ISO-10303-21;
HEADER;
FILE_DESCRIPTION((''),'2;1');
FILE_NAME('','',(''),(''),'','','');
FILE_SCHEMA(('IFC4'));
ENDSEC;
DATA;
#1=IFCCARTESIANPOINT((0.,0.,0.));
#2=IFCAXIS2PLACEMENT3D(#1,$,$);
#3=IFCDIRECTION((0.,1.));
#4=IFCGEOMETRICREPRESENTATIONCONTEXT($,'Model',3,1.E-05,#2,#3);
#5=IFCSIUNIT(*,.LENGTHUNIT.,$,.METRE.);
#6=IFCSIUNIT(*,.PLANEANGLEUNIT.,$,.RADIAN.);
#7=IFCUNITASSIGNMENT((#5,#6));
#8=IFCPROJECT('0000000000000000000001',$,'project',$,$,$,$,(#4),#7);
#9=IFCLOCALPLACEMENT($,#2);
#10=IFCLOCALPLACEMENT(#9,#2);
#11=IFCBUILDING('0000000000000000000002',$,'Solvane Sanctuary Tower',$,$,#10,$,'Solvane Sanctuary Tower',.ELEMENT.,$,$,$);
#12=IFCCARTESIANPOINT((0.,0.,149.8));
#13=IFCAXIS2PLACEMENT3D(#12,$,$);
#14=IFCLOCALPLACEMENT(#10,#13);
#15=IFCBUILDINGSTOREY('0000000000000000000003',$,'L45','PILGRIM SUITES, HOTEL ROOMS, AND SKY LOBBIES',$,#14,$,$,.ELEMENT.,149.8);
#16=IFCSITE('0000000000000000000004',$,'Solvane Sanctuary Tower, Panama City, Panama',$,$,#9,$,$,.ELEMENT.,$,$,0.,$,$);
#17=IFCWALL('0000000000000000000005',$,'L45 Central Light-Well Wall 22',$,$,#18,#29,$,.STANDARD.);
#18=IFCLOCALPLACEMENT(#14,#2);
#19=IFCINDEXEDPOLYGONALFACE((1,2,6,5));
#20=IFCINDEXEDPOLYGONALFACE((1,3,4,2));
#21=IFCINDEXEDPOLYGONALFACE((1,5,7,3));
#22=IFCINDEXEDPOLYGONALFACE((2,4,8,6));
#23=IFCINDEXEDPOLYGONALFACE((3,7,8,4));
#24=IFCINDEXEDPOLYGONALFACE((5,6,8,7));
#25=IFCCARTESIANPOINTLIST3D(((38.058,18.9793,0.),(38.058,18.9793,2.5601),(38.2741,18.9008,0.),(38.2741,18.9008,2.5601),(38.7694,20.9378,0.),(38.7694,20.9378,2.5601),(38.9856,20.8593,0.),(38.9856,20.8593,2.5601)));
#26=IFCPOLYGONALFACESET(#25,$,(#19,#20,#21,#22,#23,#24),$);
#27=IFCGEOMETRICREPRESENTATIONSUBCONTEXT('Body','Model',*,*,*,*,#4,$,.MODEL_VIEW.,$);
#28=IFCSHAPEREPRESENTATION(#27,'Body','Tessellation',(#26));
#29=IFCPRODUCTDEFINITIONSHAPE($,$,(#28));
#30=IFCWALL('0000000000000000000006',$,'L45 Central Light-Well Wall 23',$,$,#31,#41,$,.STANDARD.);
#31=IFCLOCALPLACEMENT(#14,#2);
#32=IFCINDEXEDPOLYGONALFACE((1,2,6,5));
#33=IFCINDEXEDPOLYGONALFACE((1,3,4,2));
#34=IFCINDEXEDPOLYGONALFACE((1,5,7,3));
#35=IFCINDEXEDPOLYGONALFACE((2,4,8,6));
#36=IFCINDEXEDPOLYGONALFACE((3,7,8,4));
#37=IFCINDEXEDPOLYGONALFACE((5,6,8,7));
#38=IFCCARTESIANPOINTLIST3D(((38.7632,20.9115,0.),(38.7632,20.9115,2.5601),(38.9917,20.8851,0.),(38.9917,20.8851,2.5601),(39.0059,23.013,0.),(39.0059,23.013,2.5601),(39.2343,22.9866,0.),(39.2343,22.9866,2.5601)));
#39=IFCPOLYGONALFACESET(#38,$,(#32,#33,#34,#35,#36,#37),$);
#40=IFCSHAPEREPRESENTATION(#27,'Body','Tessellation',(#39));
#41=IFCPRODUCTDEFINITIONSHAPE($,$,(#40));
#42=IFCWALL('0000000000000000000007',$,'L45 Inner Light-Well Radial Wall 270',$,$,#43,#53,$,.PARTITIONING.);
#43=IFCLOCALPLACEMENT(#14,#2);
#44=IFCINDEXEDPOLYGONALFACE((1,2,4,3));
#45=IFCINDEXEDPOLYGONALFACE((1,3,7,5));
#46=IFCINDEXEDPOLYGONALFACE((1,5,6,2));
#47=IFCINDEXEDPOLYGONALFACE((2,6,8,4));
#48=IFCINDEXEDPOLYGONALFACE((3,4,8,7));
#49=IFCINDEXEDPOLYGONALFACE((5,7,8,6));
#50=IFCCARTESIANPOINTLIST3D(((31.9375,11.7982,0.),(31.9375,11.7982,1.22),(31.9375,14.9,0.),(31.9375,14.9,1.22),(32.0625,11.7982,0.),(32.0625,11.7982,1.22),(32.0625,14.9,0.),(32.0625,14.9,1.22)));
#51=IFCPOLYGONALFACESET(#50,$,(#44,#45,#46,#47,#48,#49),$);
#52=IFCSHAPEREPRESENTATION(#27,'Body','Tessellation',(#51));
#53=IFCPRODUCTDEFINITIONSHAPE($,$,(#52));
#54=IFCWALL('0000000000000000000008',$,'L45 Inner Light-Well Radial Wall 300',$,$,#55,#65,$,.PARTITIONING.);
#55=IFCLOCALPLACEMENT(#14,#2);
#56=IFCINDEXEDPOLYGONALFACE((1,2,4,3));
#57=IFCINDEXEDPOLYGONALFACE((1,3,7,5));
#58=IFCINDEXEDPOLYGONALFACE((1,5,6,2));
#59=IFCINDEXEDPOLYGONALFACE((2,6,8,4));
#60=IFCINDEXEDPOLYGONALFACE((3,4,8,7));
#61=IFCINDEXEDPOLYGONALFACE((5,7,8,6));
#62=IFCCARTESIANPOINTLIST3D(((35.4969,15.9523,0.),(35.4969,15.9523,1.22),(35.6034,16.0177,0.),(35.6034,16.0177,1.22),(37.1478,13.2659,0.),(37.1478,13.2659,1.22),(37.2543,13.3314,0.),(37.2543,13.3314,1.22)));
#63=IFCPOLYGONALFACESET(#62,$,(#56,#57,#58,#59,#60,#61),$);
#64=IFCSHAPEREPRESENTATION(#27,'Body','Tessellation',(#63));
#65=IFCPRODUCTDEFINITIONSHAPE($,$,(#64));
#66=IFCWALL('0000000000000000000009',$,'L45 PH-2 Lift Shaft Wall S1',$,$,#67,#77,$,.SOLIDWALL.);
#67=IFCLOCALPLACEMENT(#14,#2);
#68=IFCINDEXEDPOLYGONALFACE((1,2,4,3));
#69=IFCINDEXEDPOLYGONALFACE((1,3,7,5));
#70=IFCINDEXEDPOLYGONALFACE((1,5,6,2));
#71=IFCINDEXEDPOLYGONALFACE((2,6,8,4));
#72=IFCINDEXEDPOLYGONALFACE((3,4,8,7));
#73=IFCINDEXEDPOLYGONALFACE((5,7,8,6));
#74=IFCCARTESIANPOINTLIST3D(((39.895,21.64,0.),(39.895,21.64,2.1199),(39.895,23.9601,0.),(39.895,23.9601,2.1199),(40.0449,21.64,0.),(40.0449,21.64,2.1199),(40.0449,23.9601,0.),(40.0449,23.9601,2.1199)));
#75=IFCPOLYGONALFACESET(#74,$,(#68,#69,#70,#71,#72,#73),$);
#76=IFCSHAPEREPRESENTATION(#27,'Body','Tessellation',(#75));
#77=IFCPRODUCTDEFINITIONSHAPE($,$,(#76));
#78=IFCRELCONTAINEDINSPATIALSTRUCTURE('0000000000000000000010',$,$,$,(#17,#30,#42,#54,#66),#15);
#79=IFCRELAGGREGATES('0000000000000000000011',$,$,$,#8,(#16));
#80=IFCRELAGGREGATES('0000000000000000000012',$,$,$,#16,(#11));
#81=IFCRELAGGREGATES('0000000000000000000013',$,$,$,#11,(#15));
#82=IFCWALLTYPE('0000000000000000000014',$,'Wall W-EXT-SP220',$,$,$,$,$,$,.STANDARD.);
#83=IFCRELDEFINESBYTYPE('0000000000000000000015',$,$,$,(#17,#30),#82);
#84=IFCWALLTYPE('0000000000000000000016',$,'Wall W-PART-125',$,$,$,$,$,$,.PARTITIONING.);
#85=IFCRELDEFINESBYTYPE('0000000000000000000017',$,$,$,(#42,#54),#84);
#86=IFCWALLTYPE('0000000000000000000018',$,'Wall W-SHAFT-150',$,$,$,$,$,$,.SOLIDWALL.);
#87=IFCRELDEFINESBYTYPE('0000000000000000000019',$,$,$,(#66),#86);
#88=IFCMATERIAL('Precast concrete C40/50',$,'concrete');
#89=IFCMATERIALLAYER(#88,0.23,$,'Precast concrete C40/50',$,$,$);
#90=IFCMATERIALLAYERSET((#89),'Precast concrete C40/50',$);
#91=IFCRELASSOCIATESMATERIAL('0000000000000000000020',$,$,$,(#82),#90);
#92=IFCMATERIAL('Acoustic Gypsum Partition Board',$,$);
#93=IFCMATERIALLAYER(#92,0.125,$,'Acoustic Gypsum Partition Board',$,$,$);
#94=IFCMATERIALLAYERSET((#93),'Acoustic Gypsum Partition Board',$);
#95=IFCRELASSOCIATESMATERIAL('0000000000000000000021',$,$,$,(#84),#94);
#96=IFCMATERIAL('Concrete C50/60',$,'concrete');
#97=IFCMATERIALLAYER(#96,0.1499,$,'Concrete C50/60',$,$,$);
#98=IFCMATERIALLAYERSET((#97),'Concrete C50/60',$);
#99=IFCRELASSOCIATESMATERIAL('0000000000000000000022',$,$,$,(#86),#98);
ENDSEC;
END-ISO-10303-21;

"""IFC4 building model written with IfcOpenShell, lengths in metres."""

from ifc_helpers import new_model, si_unit, direction, frame, frame_2d, origin, place, context, subcontext, project, spatial, rectangle, extrude, material, layer, layer_set, type_object, element, save


model = new_model("IFC4")

# Units and contexts
model_context = context("Model", 3, precision=1e-05, world=origin(), true_north=direction((0.0, 1.0)))
body_context = subcontext(model_context, "Body", "Model", "MODEL_VIEW")
ifc_project = project(units=[si_unit("LENGTHUNIT", "METRE"), si_unit("PLANEANGLEUNIT", "RADIAN")], contexts=[model_context])

# Site, building, storey
site_placement = place(None, origin())
site = spatial("IfcSite", under=ifc_project, at=site_placement, Name="Solvane Sanctuary Tower, Panama City, Panama", CompositionType="ELEMENT", RefElevation=0.0)
building_placement = place(site_placement, origin())
building = spatial("IfcBuilding", under=site, at=building_placement, Name="Solvane Sanctuary Tower", LongName="Solvane Sanctuary Tower", CompositionType="ELEMENT")
storey_placement = place(building_placement, frame((0.0, 0.0, 149.8)))
storey = spatial("IfcBuildingStorey", under=building, at=storey_placement, Name="L45", Description="PILGRIM SUITES, HOTEL ROOMS, AND SKY LOBBIES", CompositionType="ELEMENT", Elevation=149.8)

# Shared definitions
ifc_material_1 = material(Name="Concrete C50/60", Category="concrete")

# Walls
ifc_material_2 = material(Name="Precast concrete C40/50", Category="concrete")
ifc_layer_1 = layer(ifc_material_2, 0.23, Name="Precast concrete C40/50")
ifc_layer_set_1 = layer_set([ifc_layer_1], Name="Precast concrete C40/50")
wall_type_1 = type_object("IfcWallType", Name="Wall W-EXT-SP220", PredefinedType="STANDARD", material=ifc_layer_set_1)
wall_1_placement = place(storey_placement, frame((38.166, 18.9399, 0.0), z_axis=(0.0, 0.0, 1.0), x_axis=(0.341423, 0.93991, 0.0)))
element("IfcWall", 1, at=wall_1_placement, inside=storey, type_object=wall_type_1, Name="L45 Central Light-Well Wall 22", PredefinedType="STANDARD", context=body_context, shape_type="SweptSolid", body=[
    extrude(rectangle(XDim=2.0837, YDim=0.23, at=frame_2d((1.042, 0.0))), origin(), (0.0, 0.0, 1.0), 2.5601),
])
wall_2_placement = place(storey_placement, frame((38.8774, 20.8984, 0.0), z_axis=(0.0, 0.0, 1.0), x_axis=(0.114712, 0.993399, 0.0)))
element("IfcWall", 2, at=wall_2_placement, inside=storey, type_object=wall_type_1, Name="L45 Central Light-Well Wall 23", PredefinedType="STANDARD", context=body_context, shape_type="SweptSolid", body=[
    extrude(rectangle(XDim=2.1155, YDim=0.23, at=frame_2d((1.0576, 0.0))), origin(), (0.0, 0.0, 1.0), 2.5601),
])
ifc_material_3 = material(Name="Acoustic Gypsum Partition Board")
ifc_layer_2 = layer(ifc_material_3, 0.125, Name="Acoustic Gypsum Partition Board")
ifc_layer_set_2 = layer_set([ifc_layer_2], Name="Acoustic Gypsum Partition Board")
wall_type_2 = type_object("IfcWallType", Name="Wall W-PART-125", PredefinedType="PARTITIONING", material=ifc_layer_set_2)
wall_3_placement = place(storey_placement, frame((32.0, 14.8999, 0.0), z_axis=(0.0, 0.0, 1.0), x_axis=(0.0, -1.0, 0.0)))
element("IfcWall", 3, at=wall_3_placement, inside=storey, type_object=wall_type_2, Name="L45 Inner Light-Well Radial Wall 270", PredefinedType="PARTITIONING", context=body_context, shape_type="SweptSolid", body=[
    extrude(rectangle(XDim=3.1018, YDim=0.125, at=frame_2d((1.5508, 0.0))), origin(), (0.0, 0.0, 1.0), 1.22),
])
wall_4_placement = place(storey_placement, frame((35.55, 15.9851, 0.0), z_axis=(0.0, 0.0, 1.0), x_axis=(0.523588, -0.851972, 0.0)))
element("IfcWall", 4, at=wall_4_placement, inside=storey, type_object=wall_type_2, Name="L45 Inner Light-Well Radial Wall 300", PredefinedType="PARTITIONING", context=body_context, shape_type="SweptSolid", body=[
    extrude(rectangle(XDim=3.1531, YDim=0.125, at=frame_2d((1.5767, 0.0))), origin(), (0.0, 0.0, 1.0), 1.22),
])
ifc_layer_3 = layer(ifc_material_1, 0.1499, Name="Concrete C50/60")
ifc_layer_set_3 = layer_set([ifc_layer_3], Name="Concrete C50/60")
wall_type_3 = type_object("IfcWallType", Name="Wall W-SHAFT-150", PredefinedType="SOLIDWALL", material=ifc_layer_set_3)
wall_5_placement = place(storey_placement, frame((39.97, 21.6399, 0.0), z_axis=(0.0, 0.0, 1.0), x_axis=(0.0, 1.0, 0.0)))
element("IfcWall", 5, at=wall_5_placement, inside=storey, type_object=wall_type_3, Name="L45 PH-2 Lift Shaft Wall S1", PredefinedType="SOLIDWALL", context=body_context, shape_type="SweptSolid", body=[
    extrude(rectangle(XDim=2.3201, YDim=0.1499, at=frame_2d((1.1602, 0.0))), origin(), (0.0, 0.0, 1.0), 2.1199),
])

save(model, "model.ifc")
